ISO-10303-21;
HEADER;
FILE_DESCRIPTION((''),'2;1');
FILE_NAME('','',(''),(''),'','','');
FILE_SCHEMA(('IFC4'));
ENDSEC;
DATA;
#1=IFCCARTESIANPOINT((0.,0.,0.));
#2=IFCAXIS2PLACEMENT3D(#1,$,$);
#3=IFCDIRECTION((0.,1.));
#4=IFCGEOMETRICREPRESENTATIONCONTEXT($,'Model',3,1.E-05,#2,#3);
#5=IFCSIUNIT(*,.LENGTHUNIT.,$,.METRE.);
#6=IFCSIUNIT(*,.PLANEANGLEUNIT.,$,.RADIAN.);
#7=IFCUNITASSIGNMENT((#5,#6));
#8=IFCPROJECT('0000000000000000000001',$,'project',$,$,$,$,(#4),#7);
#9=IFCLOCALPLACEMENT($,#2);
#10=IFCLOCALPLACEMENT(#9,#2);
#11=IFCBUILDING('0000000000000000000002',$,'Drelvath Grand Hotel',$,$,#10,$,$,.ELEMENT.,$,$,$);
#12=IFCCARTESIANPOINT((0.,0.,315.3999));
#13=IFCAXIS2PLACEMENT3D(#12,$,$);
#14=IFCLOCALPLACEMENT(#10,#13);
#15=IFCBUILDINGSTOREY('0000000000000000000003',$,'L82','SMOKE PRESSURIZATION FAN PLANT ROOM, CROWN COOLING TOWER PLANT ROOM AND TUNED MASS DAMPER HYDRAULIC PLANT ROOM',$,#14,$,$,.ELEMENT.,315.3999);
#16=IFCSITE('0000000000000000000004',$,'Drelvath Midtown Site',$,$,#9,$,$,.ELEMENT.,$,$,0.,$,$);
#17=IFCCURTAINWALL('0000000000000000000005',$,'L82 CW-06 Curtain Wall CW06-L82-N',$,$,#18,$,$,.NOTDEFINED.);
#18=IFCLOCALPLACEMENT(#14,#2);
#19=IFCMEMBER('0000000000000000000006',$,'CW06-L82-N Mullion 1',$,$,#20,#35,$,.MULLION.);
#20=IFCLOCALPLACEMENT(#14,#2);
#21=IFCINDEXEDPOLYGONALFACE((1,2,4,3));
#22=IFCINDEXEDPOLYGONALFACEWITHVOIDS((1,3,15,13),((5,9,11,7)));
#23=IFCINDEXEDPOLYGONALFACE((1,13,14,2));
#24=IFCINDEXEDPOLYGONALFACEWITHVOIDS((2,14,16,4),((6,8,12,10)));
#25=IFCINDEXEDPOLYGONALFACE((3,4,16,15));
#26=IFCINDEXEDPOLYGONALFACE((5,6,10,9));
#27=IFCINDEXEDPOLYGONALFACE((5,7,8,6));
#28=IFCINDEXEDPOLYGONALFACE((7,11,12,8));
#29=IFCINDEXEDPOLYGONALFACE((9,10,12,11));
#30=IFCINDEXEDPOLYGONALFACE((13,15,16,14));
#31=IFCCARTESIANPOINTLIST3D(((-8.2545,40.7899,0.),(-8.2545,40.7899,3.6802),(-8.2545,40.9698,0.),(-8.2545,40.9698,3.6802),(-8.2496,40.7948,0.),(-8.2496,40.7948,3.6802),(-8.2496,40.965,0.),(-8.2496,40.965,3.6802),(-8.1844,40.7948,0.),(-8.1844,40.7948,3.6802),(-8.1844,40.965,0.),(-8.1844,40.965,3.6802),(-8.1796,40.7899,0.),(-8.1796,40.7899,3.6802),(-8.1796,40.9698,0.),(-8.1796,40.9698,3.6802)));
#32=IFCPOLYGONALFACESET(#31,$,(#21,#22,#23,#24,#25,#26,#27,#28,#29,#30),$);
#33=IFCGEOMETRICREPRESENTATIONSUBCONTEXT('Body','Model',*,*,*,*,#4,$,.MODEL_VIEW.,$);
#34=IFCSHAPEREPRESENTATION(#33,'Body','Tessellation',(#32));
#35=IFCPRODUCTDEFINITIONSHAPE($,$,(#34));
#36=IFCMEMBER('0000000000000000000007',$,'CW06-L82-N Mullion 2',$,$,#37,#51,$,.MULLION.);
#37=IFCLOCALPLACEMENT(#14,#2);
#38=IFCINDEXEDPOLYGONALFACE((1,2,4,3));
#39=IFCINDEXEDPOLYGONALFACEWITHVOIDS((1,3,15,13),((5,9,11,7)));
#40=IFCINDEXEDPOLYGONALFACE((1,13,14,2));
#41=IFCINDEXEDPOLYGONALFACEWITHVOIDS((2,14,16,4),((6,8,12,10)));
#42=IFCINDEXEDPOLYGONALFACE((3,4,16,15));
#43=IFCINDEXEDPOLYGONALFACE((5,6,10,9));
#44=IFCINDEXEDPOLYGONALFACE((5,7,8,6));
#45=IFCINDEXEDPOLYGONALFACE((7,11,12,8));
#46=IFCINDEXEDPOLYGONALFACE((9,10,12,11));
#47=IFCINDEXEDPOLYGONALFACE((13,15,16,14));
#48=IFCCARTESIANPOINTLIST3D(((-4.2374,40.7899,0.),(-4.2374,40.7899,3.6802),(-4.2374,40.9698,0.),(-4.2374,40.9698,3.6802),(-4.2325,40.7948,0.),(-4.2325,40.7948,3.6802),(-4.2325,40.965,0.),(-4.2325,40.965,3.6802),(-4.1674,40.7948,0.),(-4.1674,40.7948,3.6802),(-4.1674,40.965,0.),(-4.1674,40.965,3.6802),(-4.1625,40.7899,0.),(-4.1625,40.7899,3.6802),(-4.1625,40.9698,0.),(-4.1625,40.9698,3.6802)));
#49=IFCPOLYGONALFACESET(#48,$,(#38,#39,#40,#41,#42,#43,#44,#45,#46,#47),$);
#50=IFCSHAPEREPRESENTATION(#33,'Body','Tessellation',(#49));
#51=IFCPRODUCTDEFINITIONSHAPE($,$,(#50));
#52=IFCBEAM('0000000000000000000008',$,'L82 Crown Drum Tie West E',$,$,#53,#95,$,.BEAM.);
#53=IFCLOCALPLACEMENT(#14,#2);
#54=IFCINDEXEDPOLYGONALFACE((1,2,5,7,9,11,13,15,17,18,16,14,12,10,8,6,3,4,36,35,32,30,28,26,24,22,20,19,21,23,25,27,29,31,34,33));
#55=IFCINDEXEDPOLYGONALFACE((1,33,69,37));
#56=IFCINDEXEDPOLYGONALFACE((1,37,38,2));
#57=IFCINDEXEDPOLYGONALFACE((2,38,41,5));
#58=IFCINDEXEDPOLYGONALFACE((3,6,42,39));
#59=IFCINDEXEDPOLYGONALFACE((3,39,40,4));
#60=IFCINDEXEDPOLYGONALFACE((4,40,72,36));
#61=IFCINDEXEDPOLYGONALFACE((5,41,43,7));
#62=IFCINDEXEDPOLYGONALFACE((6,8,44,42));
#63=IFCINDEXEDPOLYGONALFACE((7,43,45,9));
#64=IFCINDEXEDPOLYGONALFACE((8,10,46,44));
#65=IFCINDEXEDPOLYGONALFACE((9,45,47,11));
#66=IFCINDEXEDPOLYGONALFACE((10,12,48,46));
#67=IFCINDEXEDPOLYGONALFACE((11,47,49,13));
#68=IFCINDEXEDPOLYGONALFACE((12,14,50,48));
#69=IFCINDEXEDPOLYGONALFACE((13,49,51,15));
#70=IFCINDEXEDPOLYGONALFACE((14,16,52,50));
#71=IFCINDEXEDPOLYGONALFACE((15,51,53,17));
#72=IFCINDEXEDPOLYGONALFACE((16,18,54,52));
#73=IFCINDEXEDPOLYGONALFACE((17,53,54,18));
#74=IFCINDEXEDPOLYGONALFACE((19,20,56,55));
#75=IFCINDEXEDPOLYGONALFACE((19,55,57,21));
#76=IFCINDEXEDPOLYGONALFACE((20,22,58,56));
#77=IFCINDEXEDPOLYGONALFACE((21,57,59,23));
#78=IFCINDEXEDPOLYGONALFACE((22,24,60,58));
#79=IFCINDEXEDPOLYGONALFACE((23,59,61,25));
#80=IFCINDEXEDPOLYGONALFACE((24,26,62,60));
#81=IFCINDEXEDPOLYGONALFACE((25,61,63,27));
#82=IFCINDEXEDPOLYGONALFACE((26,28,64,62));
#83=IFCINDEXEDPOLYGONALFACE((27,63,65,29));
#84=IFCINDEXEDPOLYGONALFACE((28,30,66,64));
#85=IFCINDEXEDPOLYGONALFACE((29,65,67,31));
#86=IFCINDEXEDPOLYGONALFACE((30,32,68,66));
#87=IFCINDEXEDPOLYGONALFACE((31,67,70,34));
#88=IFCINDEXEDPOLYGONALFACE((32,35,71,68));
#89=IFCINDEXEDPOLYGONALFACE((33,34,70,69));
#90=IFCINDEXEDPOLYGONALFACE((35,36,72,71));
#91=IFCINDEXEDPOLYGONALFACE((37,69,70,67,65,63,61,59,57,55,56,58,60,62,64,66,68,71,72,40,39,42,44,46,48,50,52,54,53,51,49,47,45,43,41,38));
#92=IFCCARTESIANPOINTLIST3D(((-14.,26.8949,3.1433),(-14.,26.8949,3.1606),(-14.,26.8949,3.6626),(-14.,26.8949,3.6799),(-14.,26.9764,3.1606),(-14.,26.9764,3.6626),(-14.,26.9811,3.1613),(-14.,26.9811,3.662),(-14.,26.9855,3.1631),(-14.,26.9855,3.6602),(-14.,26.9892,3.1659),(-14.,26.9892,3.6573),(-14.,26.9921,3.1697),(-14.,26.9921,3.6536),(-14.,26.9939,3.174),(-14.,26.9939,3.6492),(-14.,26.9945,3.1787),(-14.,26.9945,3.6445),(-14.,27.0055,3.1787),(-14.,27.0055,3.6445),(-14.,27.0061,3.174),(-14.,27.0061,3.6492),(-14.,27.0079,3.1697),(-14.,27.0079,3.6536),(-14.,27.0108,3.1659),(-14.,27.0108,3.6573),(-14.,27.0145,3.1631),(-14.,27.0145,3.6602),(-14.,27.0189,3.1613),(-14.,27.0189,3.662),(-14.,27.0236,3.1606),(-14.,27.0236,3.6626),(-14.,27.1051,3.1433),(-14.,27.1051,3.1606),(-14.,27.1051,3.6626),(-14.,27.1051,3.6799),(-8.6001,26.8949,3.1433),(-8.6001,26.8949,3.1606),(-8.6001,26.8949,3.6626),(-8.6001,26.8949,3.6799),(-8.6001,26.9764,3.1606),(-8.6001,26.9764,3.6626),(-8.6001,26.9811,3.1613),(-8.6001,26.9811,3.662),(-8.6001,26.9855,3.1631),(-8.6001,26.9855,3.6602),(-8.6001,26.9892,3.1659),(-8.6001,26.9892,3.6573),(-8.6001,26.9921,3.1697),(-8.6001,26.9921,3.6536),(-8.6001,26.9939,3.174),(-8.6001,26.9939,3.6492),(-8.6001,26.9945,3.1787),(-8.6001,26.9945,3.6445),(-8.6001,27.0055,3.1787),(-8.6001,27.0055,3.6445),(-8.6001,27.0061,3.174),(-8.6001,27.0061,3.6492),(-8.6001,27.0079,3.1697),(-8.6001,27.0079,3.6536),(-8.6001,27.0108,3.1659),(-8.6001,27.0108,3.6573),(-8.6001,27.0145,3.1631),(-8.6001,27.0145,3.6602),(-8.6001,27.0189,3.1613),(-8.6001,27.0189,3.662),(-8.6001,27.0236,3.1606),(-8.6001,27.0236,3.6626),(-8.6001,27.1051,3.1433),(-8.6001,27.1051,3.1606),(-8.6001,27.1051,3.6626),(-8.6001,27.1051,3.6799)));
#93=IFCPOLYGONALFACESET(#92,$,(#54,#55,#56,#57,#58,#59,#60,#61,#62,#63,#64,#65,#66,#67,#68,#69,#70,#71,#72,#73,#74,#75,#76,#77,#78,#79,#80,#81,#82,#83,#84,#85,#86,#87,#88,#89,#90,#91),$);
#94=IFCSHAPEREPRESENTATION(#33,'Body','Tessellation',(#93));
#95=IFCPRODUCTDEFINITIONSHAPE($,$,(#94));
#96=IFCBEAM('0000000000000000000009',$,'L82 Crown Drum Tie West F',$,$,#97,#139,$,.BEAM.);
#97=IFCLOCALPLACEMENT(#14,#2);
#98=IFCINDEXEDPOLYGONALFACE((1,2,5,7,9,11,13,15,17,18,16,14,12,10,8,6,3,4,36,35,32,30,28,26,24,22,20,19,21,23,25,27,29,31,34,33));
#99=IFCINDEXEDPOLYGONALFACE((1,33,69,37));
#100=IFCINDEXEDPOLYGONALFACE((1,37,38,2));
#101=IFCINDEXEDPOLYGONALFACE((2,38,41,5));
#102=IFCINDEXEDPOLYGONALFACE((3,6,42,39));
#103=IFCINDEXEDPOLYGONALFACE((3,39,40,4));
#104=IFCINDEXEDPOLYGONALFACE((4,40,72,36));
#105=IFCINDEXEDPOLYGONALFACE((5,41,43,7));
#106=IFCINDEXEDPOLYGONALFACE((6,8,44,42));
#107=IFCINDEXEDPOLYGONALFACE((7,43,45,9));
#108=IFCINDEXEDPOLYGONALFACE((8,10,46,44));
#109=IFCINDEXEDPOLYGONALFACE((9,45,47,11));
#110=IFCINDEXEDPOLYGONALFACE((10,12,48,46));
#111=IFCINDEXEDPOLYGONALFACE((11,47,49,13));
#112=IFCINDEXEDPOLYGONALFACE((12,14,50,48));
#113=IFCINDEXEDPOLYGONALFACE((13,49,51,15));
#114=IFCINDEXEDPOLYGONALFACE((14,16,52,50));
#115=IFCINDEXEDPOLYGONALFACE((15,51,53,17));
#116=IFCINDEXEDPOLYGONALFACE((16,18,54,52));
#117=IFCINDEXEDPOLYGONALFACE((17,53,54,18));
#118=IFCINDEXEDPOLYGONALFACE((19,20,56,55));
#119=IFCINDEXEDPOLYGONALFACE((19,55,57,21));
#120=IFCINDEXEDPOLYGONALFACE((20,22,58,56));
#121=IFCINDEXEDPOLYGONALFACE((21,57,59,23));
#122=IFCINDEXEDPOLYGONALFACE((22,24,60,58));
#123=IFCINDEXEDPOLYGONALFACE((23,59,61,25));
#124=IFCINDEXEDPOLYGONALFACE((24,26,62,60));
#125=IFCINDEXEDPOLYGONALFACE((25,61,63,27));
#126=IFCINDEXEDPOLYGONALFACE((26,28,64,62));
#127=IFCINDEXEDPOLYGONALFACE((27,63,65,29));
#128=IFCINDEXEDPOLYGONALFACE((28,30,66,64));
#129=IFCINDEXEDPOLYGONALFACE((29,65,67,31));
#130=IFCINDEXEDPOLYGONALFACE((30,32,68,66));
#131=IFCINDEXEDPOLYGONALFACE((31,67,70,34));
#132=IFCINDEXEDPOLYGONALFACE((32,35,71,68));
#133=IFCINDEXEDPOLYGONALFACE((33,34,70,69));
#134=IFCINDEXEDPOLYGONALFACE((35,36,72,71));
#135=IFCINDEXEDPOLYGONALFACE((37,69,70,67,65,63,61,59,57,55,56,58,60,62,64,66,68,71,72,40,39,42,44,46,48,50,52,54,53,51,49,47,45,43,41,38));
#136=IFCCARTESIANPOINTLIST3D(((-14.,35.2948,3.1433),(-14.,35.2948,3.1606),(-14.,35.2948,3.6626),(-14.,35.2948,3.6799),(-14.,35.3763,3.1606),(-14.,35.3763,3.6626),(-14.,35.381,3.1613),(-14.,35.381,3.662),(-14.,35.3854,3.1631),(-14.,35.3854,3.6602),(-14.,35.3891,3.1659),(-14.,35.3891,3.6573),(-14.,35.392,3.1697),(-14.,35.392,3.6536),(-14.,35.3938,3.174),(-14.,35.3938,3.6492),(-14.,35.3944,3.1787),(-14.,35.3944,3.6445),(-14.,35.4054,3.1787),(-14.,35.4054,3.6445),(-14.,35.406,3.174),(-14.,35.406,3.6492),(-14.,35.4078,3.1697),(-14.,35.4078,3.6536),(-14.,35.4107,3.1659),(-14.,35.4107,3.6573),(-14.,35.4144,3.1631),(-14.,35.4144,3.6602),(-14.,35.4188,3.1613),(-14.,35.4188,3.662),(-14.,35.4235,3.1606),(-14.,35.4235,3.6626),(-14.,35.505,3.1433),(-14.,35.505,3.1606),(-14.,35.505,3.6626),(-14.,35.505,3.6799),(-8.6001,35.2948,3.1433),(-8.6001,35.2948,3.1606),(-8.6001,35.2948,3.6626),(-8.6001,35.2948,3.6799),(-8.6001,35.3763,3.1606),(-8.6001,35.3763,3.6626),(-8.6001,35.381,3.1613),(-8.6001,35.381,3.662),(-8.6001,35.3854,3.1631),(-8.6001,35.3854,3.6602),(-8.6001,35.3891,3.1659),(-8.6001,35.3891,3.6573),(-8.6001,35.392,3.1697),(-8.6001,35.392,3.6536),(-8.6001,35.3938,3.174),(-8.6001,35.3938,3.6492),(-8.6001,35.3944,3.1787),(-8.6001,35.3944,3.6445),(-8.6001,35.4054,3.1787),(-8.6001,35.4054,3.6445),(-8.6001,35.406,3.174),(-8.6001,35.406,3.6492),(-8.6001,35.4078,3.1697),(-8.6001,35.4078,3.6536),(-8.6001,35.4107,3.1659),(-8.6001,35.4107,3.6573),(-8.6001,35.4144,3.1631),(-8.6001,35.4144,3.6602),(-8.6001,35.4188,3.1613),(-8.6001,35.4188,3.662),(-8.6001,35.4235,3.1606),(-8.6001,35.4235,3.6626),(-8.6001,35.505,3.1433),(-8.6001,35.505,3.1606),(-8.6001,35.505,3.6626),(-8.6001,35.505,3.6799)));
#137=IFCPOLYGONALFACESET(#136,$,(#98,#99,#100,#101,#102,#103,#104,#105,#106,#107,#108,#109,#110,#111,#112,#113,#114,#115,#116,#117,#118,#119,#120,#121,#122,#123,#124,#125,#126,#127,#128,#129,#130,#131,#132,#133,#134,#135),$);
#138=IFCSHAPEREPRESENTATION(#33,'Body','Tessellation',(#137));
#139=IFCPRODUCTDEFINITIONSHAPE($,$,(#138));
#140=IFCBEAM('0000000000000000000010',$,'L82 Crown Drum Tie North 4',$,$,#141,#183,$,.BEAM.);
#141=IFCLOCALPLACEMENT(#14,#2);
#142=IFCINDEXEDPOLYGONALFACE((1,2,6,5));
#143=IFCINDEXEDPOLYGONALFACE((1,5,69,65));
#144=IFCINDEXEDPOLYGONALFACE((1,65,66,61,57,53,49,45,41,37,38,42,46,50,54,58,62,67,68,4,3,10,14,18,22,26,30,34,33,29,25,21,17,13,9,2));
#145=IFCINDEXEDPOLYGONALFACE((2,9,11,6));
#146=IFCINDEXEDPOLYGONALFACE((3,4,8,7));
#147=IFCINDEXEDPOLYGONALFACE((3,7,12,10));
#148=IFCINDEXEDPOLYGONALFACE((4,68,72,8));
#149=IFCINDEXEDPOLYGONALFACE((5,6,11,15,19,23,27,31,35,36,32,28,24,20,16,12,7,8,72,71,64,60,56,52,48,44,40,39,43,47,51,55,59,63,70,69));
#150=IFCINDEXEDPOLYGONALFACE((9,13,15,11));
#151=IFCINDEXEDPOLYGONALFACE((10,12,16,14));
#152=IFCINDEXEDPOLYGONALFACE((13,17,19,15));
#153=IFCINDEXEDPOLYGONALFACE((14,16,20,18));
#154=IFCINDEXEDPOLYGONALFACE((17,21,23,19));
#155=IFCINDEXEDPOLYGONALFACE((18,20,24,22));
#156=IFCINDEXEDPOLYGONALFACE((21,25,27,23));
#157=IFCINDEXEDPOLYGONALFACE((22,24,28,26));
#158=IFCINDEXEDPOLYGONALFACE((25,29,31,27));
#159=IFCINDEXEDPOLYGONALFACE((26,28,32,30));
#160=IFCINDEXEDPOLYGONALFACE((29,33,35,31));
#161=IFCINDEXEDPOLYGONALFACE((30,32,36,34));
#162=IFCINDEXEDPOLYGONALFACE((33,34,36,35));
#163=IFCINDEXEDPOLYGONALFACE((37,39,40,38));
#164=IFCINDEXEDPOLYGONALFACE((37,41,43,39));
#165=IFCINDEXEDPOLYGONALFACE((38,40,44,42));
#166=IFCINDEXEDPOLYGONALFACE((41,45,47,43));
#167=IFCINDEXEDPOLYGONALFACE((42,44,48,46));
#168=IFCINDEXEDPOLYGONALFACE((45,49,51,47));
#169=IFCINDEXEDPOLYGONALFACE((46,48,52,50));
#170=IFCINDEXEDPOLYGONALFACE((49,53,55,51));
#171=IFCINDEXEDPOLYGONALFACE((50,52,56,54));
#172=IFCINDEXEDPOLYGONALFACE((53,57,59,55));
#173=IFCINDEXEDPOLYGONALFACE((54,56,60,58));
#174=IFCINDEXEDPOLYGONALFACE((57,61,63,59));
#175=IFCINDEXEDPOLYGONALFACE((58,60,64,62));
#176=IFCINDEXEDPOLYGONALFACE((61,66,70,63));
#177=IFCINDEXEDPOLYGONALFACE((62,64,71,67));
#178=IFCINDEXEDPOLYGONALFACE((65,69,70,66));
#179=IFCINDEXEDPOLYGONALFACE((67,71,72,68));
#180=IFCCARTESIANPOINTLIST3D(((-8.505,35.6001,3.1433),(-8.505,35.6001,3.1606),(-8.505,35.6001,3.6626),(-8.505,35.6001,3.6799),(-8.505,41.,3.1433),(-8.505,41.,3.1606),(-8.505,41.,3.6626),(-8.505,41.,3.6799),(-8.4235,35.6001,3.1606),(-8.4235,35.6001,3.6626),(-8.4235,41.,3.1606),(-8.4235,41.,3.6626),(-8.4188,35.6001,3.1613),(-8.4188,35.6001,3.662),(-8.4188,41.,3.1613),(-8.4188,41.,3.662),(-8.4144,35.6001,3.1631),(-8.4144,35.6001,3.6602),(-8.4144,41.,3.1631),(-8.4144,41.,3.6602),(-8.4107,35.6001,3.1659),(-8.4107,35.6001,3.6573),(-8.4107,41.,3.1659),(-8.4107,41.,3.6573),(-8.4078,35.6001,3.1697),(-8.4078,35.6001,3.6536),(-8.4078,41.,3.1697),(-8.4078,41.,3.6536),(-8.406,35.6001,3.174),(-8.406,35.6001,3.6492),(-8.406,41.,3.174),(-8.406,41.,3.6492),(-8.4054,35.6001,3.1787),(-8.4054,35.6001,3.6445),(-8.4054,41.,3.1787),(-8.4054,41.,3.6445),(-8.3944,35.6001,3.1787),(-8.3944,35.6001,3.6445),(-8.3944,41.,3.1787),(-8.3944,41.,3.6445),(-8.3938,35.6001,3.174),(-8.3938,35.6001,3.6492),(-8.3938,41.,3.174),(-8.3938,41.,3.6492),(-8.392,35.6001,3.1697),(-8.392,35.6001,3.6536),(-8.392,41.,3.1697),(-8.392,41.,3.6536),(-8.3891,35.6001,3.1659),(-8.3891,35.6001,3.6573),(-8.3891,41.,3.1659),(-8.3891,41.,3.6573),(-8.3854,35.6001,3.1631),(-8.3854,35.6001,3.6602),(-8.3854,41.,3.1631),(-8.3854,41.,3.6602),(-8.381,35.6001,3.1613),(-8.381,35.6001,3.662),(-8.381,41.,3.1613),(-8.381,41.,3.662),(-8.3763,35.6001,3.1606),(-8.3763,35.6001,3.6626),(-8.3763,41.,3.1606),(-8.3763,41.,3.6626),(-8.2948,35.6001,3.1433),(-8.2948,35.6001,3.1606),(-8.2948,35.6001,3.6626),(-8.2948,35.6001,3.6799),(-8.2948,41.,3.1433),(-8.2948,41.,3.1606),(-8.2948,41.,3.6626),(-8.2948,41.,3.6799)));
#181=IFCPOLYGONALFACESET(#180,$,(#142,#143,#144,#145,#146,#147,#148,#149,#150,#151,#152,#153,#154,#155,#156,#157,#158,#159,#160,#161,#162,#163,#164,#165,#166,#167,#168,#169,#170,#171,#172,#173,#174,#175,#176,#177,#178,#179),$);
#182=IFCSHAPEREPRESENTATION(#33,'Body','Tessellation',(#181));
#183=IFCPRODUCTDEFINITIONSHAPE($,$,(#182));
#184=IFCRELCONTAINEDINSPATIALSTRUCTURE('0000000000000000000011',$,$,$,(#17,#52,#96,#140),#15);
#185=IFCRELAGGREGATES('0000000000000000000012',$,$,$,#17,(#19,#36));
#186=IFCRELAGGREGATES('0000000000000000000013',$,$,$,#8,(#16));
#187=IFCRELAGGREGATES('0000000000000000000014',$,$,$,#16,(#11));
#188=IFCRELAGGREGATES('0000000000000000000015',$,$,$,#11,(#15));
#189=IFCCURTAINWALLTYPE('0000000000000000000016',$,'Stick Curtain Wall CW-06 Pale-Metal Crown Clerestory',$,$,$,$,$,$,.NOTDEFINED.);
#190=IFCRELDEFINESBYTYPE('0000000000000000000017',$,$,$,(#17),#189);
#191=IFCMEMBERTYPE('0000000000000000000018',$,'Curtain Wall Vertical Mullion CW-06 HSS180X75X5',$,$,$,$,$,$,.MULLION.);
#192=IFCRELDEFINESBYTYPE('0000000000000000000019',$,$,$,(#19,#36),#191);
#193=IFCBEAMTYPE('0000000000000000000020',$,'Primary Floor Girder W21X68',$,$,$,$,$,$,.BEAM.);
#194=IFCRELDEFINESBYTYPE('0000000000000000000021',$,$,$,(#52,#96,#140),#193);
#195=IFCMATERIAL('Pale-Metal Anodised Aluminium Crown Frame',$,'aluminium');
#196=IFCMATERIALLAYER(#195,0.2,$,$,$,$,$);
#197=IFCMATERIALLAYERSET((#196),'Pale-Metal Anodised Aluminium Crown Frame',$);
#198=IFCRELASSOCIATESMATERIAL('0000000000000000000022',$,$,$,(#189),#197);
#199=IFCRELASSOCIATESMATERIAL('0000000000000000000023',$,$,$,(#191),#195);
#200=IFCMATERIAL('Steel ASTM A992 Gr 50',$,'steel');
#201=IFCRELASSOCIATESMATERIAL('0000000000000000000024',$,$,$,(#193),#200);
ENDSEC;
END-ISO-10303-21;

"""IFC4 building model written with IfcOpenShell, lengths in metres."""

from ifc_helpers import new_model, si_unit, direction, frame, origin, origin_2d, place, context, subcontext, project, spatial, hollow_rectangle, i_section, extrude, material, layer, layer_set, material_profile, profile_set, type_object, element, aggregate, save


model = new_model("IFC4")

# Units and contexts
model_context = context("Model", 3, precision=1e-05, world=origin(), true_north=direction((0.0, 1.0)))
body_context = subcontext(model_context, "Body", "Model", "MODEL_VIEW")
ifc_project = project(units=[si_unit("LENGTHUNIT", "METRE"), si_unit("PLANEANGLEUNIT", "RADIAN")], contexts=[model_context])

# Site, building, storey
site_placement = place(None, origin())
site = spatial("IfcSite", under=ifc_project, at=site_placement, Name="Drelvath Midtown Site", CompositionType="ELEMENT", RefElevation=0.0)
building_placement = place(site_placement, origin())
building = spatial("IfcBuilding", under=site, at=building_placement, Name="Drelvath Grand Hotel", CompositionType="ELEMENT")
storey_placement = place(building_placement, frame((0.0, 0.0, 315.3999)))
storey = spatial("IfcBuildingStorey", under=building, at=storey_placement, Name="L82", Description="SMOKE PRESSURIZATION FAN PLANT ROOM, CROWN COOLING TOWER PLANT ROOM AND TUNED MASS DAMPER HYDRAULIC PLANT ROOM", CompositionType="ELEMENT", Elevation=315.3999)

# Curtain wall
ifc_material_1 = material(Name="Pale-Metal Anodised Aluminium Crown Frame", Category="aluminium")
ifc_layer_1 = layer(ifc_material_1, 0.2)
ifc_layer_set_1 = layer_set([ifc_layer_1], Name="Pale-Metal Anodised Aluminium Crown Frame")
curtain_wall_type = type_object("IfcCurtainWallType", Name="Stick Curtain Wall CW-06 Pale-Metal Crown Clerestory", PredefinedType="NOTDEFINED", material=ifc_layer_set_1)
curtain_wall_1_placement = place(storey_placement, origin())
curtain_wall_1 = element("IfcCurtainWall", 1, at=curtain_wall_1_placement, inside=storey, type_object=curtain_wall_type, Name="L82 CW-06 Curtain Wall CW06-L82-N", PredefinedType="NOTDEFINED")
ifc_material_profile_1 = material_profile(ifc_material_1, hollow_rectangle(XDim=0.075, YDim=0.1799, WallThickness=0.0049, at=origin_2d()), Name="HSS180X75X5")
ifc_profile_set_1 = profile_set([ifc_material_profile_1], Name="Pale-Metal Anodised Aluminium Crown Frame")
member_type_1 = type_object("IfcMemberType", Name="Curtain Wall Vertical Mullion CW-06 HSS180X75X5", PredefinedType="MULLION", material=ifc_profile_set_1)

# Members
member_1_placement = place(storey_placement, frame((-8.217, 40.8799, 0.0), z_axis=(0.0, 0.0, 1.0), x_axis=(1.0, 0.0, 0.0)))
member_1 = element("IfcMember", 2, at=member_1_placement, type_object=member_type_1, Name="CW06-L82-N Mullion 1", PredefinedType="MULLION", context=body_context, shape_type="SweptSolid", body=[
    extrude(hollow_rectangle(XDim=0.075, YDim=0.1799, WallThickness=0.0049, at=origin_2d()), origin(), (0.0, 0.0, 1.0), 3.6802),
])
member_2_placement = place(storey_placement, frame((-4.2, 40.8799, 0.0), z_axis=(0.0, 0.0, 1.0), x_axis=(1.0, 0.0, 0.0)))
member_2 = element("IfcMember", 3, at=member_2_placement, type_object=member_type_1, Name="CW06-L82-N Mullion 2", PredefinedType="MULLION", context=body_context, shape_type="SweptSolid", body=[
    extrude(hollow_rectangle(XDim=0.075, YDim=0.1799, WallThickness=0.0049, at=origin_2d()), origin(), (0.0, 0.0, 1.0), 3.6802),
])

# Beams
ifc_material_2 = material(Name="Steel ASTM A992 Gr 50", Category="steel")
ifc_material_profile_2 = material_profile(ifc_material_2, i_section(OverallWidth=0.2102, OverallDepth=0.5366, WebThickness=0.011, FlangeThickness=0.0173, FilletRadius=0.0181, at=origin_2d()), Name="W21X68")
ifc_profile_set_2 = profile_set([ifc_material_profile_2], Name="Steel ASTM A992 Gr 50")
beam_type_1 = type_object("IfcBeamType", Name="Primary Floor Girder W21X68", PredefinedType="BEAM", material=ifc_profile_set_2)
for number, where, z_axis, x_axis, name in (
    (4, (-14.0, 27.0, 3.4116), (1.0, 0.0, 0.0), (0.0, 1.0, 0.0), "L82 Crown Drum Tie West E"),
    (5, (-14.0, 35.3999, 3.4116), (1.0, 0.0, 0.0), (0.0, 1.0, 0.0), "L82 Crown Drum Tie West F"),
    (6, (-8.3999, 35.6001, 3.4116), (0.0, 1.0, 0.0), (-1.0, 0.0, 0.0), "L82 Crown Drum Tie North 4"),
):
    element("IfcBeam", number, at=place(storey_placement, frame(where, z_axis=z_axis, x_axis=x_axis)), inside=storey, type_object=beam_type_1, Name=name, PredefinedType="BEAM", context=body_context, shape_type="SweptSolid", body=[
        extrude(i_section(OverallWidth=0.2102, OverallDepth=0.5366, WebThickness=0.011, FlangeThickness=0.0173, FilletRadius=0.0181, at=origin_2d()), origin(), (0.0, 0.0, 1.0), 5.3999),
    ])

aggregate(curtain_wall_1, [member_1, member_2])

save(model, "model.ifc")
